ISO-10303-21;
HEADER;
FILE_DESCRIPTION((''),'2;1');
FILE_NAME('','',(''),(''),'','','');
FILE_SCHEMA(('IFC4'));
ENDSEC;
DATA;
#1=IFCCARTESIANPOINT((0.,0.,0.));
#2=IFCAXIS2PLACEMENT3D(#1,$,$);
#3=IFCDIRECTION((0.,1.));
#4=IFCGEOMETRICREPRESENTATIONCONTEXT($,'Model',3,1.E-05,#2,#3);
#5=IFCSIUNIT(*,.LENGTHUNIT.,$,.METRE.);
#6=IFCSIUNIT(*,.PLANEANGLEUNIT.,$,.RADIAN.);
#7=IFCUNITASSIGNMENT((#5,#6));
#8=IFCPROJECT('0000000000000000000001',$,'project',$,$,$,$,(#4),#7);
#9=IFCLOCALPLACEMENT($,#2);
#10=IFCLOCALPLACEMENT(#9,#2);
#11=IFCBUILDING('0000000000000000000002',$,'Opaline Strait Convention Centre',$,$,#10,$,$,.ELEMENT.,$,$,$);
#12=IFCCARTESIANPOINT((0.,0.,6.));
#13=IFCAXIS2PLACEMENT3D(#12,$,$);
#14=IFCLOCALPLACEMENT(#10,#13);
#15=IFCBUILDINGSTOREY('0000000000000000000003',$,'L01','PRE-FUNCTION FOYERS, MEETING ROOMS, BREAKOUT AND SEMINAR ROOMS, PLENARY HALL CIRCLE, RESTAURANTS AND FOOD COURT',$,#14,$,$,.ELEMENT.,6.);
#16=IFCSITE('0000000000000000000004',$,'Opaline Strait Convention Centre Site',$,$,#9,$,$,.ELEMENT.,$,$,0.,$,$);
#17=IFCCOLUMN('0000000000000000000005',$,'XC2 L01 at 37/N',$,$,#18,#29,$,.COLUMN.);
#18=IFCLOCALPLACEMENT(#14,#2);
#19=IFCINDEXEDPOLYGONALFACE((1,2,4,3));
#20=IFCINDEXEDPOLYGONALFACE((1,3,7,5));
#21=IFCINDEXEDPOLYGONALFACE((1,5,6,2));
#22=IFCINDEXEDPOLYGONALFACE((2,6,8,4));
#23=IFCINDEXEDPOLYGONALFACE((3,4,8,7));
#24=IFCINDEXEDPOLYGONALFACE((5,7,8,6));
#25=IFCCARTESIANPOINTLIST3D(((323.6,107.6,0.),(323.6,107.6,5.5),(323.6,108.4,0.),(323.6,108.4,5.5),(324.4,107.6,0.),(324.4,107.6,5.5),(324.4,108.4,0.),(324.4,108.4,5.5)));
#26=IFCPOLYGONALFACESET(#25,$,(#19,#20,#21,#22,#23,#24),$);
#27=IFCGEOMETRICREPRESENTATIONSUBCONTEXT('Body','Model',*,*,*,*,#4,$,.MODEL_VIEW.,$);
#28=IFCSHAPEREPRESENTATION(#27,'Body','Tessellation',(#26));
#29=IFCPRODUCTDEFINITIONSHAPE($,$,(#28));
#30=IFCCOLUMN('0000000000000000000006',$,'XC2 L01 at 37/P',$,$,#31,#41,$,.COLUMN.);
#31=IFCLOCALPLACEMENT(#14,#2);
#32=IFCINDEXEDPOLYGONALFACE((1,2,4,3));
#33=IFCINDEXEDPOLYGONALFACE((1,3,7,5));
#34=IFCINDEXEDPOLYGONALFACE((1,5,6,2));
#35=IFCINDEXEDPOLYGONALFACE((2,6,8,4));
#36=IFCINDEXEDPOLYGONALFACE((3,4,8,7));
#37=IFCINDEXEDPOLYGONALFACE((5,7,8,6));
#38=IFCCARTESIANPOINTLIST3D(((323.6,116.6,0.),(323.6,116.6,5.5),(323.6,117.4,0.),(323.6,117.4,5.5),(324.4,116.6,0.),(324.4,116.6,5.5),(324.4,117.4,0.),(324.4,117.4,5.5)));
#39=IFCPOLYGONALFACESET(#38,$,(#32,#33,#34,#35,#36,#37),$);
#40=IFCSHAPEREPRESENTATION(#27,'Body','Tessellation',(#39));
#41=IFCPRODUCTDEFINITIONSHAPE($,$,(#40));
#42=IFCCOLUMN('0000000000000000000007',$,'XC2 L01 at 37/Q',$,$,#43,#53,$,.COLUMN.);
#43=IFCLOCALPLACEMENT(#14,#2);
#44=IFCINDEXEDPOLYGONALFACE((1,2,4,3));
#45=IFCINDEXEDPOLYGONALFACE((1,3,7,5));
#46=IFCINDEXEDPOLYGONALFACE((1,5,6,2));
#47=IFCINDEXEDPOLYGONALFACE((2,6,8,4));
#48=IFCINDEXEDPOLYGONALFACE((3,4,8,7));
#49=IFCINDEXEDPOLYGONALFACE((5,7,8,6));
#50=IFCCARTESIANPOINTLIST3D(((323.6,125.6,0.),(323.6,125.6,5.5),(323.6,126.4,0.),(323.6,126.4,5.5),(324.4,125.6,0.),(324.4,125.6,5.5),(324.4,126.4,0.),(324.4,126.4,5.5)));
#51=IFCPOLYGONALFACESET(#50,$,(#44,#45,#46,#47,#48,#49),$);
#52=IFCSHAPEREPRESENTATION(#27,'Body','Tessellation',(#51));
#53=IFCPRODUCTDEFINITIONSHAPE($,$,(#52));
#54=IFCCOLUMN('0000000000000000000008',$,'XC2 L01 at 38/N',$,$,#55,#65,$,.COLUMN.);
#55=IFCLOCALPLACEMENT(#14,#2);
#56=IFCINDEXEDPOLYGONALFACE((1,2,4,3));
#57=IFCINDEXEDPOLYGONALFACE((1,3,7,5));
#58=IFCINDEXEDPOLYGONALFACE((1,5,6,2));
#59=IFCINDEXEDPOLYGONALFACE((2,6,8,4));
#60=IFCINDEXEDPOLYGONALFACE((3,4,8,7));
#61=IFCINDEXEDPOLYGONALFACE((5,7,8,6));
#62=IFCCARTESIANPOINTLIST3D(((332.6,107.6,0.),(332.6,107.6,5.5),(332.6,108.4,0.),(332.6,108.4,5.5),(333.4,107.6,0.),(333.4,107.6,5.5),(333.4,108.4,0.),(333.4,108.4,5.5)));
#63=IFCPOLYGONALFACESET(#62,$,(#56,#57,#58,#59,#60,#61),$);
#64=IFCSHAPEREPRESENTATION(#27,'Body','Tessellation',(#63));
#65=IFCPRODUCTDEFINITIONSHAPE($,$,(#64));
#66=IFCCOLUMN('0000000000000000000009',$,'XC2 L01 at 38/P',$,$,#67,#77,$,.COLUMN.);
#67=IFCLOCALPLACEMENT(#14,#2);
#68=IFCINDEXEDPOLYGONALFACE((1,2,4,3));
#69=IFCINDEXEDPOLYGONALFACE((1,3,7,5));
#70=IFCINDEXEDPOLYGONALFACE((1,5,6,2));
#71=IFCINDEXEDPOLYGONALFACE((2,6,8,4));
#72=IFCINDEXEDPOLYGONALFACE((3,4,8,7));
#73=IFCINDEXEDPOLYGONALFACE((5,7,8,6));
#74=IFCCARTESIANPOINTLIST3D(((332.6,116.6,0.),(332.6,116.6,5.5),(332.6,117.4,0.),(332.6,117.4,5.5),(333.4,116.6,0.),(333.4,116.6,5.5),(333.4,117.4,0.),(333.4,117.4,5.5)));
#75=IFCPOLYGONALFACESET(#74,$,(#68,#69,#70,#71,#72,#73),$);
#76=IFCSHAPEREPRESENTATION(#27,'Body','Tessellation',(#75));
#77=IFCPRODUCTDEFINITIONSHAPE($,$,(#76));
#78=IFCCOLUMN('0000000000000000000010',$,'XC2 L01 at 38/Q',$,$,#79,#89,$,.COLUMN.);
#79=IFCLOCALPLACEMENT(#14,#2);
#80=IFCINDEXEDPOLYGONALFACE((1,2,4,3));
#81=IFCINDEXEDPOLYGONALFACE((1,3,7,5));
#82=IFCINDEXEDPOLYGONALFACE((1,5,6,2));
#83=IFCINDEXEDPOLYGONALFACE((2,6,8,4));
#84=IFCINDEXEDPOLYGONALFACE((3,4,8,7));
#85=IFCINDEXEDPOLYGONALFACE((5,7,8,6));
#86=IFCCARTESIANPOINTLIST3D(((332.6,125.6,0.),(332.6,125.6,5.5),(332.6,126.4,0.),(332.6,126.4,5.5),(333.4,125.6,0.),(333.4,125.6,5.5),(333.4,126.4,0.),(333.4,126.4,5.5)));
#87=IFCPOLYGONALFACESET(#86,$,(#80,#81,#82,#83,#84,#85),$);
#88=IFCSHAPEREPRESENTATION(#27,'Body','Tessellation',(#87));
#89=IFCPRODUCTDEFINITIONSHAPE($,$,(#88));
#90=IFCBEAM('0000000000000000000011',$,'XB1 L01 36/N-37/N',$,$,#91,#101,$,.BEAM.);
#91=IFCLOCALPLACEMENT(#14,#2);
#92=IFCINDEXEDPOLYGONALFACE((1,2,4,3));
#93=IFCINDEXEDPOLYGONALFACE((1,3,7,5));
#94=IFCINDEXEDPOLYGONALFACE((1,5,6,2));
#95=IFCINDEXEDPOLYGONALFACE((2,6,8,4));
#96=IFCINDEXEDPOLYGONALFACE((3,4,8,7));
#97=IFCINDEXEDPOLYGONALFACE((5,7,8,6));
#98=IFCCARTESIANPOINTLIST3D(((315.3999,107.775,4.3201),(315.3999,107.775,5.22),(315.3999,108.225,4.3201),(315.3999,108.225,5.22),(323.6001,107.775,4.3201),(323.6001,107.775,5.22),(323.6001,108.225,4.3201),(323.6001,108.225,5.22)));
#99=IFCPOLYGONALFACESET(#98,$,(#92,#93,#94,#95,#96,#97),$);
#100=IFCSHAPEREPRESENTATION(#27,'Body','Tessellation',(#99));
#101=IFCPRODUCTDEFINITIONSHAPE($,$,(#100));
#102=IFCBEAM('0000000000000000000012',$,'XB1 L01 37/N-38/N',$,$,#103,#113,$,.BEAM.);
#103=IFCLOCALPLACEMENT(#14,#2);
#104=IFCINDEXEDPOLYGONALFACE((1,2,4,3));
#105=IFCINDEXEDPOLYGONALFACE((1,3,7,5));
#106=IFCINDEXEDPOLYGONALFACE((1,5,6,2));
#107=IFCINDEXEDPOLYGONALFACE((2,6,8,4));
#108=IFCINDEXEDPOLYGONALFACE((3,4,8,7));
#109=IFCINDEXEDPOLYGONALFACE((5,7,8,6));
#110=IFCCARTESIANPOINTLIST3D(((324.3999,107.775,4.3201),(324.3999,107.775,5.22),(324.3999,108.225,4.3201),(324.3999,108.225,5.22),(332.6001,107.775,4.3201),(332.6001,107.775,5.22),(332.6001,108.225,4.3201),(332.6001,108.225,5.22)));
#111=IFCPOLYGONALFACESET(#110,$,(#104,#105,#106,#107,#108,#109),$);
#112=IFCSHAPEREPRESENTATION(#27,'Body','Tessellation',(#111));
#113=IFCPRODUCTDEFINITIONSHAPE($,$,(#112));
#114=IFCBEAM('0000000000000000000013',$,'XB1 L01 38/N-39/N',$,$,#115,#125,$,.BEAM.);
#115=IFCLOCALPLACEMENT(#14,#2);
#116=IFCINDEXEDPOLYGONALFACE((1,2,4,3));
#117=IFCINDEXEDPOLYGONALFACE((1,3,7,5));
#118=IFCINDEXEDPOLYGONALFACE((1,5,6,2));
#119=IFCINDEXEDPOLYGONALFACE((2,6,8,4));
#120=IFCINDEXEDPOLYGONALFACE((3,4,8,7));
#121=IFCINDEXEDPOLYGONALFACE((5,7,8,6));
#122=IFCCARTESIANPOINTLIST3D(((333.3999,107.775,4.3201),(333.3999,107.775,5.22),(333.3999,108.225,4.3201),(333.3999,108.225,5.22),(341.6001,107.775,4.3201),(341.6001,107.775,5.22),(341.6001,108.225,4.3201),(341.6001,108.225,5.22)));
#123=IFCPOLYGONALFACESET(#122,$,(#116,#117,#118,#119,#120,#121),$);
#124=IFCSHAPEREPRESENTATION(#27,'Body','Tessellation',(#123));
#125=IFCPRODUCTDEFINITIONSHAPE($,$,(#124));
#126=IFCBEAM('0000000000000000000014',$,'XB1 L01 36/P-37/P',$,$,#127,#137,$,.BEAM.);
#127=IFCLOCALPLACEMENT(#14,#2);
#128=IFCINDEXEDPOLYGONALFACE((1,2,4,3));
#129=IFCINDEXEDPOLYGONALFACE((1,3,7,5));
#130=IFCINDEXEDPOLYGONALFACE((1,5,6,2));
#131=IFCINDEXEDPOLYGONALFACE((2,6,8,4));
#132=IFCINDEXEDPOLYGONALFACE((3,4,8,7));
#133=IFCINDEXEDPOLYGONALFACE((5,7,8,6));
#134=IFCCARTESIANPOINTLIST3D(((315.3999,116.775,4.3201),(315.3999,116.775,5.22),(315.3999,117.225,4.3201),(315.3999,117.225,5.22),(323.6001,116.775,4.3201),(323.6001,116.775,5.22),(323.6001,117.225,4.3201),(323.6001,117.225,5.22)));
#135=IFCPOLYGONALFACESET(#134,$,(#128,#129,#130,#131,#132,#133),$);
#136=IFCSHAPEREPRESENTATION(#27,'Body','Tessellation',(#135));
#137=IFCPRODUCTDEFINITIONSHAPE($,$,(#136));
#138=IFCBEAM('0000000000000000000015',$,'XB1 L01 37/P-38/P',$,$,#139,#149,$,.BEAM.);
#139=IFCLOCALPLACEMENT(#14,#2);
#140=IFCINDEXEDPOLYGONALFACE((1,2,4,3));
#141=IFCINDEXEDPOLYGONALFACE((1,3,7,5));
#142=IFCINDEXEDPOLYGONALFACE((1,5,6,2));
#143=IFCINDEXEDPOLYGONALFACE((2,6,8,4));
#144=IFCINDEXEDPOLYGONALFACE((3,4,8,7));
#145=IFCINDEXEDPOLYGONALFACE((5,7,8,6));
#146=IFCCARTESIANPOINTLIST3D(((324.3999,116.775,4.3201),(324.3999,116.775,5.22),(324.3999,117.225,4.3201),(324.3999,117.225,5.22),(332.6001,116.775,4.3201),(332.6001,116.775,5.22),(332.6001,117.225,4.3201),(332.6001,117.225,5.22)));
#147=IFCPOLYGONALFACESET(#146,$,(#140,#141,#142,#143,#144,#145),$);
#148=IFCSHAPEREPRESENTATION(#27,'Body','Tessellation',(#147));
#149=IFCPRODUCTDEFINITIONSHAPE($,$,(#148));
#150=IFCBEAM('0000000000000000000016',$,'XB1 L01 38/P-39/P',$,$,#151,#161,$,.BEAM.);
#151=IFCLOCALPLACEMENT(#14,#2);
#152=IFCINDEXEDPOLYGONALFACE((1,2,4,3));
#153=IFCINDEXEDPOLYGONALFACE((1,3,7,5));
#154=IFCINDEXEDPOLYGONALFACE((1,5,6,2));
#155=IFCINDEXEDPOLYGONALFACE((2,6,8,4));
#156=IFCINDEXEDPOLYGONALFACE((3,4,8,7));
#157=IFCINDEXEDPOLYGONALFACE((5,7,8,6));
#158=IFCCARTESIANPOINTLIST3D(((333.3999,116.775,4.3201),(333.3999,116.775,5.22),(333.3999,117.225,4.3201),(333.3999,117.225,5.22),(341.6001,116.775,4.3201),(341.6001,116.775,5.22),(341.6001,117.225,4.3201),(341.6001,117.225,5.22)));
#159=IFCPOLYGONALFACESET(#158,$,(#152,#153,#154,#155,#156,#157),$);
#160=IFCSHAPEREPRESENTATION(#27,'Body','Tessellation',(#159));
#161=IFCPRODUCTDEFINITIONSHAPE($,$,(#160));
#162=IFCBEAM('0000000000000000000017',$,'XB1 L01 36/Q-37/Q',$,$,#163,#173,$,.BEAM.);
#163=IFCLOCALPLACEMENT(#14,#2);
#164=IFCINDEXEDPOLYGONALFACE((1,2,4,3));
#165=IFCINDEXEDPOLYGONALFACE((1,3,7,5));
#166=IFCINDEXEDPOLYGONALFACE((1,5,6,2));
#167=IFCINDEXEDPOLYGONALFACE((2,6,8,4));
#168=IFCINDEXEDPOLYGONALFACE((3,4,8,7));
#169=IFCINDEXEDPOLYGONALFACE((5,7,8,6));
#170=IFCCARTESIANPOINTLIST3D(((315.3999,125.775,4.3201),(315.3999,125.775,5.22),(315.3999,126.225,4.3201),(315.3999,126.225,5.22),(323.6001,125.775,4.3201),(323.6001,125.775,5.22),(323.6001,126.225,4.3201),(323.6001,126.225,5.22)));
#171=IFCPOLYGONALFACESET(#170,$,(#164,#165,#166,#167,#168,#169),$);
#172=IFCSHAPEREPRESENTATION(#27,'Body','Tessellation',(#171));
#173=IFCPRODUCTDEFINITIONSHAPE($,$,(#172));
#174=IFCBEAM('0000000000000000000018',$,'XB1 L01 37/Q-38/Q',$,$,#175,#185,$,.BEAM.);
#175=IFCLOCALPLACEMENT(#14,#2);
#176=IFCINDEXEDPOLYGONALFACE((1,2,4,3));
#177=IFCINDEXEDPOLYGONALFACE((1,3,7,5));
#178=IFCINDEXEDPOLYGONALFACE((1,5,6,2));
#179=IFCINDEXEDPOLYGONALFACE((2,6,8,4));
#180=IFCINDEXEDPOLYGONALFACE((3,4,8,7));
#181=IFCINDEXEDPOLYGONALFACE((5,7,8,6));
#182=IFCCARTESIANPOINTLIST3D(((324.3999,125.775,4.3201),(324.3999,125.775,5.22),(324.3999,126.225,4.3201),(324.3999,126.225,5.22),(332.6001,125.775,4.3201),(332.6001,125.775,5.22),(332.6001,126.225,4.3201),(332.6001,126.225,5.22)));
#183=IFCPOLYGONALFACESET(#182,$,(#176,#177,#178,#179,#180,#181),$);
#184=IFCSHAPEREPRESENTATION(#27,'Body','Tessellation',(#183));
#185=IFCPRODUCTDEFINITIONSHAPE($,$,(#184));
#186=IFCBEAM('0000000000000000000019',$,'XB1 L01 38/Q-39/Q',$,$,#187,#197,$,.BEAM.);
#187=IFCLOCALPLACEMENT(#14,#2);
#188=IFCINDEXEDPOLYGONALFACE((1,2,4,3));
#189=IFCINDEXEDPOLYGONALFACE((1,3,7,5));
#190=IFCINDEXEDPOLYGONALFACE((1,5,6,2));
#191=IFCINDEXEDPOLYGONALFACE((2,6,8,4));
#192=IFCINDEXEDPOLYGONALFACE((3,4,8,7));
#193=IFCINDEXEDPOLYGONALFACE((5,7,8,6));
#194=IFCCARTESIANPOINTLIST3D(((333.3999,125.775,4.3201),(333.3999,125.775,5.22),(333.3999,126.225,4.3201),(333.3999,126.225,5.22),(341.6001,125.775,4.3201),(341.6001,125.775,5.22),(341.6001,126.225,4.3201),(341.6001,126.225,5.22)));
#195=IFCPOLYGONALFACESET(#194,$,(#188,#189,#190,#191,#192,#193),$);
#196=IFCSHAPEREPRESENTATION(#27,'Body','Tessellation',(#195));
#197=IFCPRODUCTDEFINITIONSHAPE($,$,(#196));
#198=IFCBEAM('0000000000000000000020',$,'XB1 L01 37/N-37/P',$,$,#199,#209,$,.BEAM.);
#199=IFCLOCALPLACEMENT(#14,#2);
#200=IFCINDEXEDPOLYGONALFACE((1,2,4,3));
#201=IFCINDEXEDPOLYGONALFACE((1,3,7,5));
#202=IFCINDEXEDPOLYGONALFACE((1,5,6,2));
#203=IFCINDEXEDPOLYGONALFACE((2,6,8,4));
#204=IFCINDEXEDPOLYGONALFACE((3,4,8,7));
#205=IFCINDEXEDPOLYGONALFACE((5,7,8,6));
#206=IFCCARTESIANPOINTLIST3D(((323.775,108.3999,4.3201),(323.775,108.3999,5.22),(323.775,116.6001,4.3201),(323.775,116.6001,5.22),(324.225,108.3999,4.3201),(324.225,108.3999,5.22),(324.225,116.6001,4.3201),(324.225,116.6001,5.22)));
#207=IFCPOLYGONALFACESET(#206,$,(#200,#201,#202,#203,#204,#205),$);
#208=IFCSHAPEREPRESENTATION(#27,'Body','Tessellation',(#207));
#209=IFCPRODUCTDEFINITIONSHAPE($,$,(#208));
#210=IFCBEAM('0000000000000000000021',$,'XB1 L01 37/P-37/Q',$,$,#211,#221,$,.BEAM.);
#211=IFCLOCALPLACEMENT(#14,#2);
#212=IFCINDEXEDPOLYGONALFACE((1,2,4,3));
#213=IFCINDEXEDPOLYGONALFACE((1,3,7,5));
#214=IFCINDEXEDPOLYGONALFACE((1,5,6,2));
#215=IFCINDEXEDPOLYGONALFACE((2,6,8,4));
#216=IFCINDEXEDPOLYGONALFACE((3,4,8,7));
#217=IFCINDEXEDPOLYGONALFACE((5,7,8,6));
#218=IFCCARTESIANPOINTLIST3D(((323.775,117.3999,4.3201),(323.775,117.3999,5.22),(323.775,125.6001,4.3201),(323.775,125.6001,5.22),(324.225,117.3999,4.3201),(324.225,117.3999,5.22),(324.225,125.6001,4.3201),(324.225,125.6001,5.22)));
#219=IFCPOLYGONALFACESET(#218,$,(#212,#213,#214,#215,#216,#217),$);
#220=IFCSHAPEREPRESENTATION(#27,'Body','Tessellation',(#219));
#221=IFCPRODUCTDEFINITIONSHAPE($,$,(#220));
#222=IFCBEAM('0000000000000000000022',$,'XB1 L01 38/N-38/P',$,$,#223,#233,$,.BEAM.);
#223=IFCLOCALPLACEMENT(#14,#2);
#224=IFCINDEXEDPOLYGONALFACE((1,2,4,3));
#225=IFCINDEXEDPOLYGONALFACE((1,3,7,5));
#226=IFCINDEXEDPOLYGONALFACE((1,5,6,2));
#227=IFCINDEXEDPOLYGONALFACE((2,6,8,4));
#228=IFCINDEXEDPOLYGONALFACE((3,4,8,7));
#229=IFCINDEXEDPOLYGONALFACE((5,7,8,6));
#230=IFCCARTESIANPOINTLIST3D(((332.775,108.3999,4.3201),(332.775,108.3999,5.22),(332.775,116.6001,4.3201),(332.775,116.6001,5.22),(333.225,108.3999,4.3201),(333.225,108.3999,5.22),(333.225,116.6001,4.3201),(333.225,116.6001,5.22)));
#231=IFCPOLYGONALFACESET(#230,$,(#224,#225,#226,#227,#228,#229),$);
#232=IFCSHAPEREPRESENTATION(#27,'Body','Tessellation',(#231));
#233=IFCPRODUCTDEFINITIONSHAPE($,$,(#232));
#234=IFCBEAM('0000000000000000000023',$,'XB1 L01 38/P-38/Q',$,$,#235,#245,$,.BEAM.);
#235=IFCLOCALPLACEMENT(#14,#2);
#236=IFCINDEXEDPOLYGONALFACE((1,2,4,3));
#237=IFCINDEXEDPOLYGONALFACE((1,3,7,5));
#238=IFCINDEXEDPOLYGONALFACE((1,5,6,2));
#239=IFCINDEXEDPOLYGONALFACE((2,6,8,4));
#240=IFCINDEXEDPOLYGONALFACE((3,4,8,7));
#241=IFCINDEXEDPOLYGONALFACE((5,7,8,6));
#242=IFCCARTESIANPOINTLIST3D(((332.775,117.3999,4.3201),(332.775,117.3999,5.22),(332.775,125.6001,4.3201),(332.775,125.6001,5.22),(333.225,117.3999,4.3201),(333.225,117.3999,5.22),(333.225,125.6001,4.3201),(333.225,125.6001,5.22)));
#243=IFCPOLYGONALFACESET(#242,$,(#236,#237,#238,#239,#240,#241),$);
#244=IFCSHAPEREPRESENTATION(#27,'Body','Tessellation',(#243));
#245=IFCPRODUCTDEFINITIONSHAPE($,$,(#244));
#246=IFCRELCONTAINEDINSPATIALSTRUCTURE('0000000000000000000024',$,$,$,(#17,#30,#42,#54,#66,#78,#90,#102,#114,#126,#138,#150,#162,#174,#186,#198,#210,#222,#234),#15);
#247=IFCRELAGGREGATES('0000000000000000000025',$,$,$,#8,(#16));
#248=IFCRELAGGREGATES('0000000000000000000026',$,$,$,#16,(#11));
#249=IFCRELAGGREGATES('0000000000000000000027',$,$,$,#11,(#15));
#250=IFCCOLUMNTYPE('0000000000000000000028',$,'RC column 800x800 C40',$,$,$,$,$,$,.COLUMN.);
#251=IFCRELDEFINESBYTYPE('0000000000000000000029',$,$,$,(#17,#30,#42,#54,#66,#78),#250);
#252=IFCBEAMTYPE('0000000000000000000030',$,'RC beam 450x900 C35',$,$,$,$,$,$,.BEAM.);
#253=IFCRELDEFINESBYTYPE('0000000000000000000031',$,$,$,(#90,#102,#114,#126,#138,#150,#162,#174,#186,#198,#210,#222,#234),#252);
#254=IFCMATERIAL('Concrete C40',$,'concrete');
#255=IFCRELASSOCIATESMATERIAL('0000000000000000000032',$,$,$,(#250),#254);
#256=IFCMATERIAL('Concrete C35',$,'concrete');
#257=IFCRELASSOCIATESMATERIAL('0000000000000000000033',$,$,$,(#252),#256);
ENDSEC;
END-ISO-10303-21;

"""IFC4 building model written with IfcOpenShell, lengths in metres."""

from ifc_helpers import new_model, si_unit, direction, frame, origin, origin_2d, place, context, subcontext, project, spatial, rectangle, extrude, material, material_profile, profile_set, type_object, element, save


model = new_model("IFC4")

# Units and contexts
model_context = context("Model", 3, precision=1e-05, world=origin(), true_north=direction((0.0, 1.0)))
body_context = subcontext(model_context, "Body", "Model", "MODEL_VIEW")
ifc_project = project(units=[si_unit("LENGTHUNIT", "METRE"), si_unit("PLANEANGLEUNIT", "RADIAN")], contexts=[model_context])

# Site, building, storey
site_placement = place(None, origin())
site = spatial("IfcSite", under=ifc_project, at=site_placement, Name="Opaline Strait Convention Centre Site", CompositionType="ELEMENT", RefElevation=0.0)
building_placement = place(site_placement, origin())
building = spatial("IfcBuilding", under=site, at=building_placement, Name="Opaline Strait Convention Centre", CompositionType="ELEMENT")
storey_placement = place(building_placement, frame((0.0, 0.0, 6.0)))
storey = spatial("IfcBuildingStorey", under=building, at=storey_placement, Name="L01", Description="PRE-FUNCTION FOYERS, MEETING ROOMS, BREAKOUT AND SEMINAR ROOMS, PLENARY HALL CIRCLE, RESTAURANTS AND FOOD COURT", CompositionType="ELEMENT", Elevation=6.0)

# Columns
ifc_material_1 = material(Name="Concrete C40", Category="concrete")
ifc_material_profile_1 = material_profile(ifc_material_1, rectangle(XDim=0.8, YDim=0.8, at=origin_2d()), Name="RC 800x800")
ifc_profile_set_1 = profile_set([ifc_material_profile_1], Name="Concrete C40")
column_type = type_object("IfcColumnType", Name="RC column 800x800 C40", PredefinedType="COLUMN", material=ifc_profile_set_1)
for number, where, z_axis, x_axis, name in (
    (1, (324.0, 108.0, 0.0), (0.0, 0.0, 1.0), (1.0, 0.0, 0.0), "XC2 L01 at 37/N"),
    (2, (324.0, 117.0, 0.0), (0.0, 0.0, 1.0), (1.0, 0.0, 0.0), "XC2 L01 at 37/P"),
    (3, (324.0, 126.0, 0.0), (0.0, 0.0, 1.0), (1.0, 0.0, 0.0), "XC2 L01 at 37/Q"),
    (4, (333.0, 108.0, 0.0), (0.0, 0.0, 1.0), (1.0, 0.0, 0.0), "XC2 L01 at 38/N"),
    (5, (333.0, 117.0, 0.0), (0.0, 0.0, 1.0), (1.0, 0.0, 0.0), "XC2 L01 at 38/P"),
    (6, (333.0, 126.0, 0.0), (0.0, 0.0, 1.0), (1.0, 0.0, 0.0), "XC2 L01 at 38/Q"),
):
    element("IfcColumn", number, at=place(storey_placement, frame(where, z_axis=z_axis, x_axis=x_axis)), inside=storey, type_object=column_type, Name=name, PredefinedType="COLUMN", context=body_context, shape_type="SweptSolid", body=[
        extrude(rectangle(XDim=0.8, YDim=0.8, at=origin_2d()), origin(), (0.0, 0.0, 1.0), 5.5),
    ])

# Beams
ifc_material_2 = material(Name="Concrete C35", Category="concrete")
ifc_material_profile_2 = material_profile(ifc_material_2, rectangle(XDim=0.45, YDim=0.8999, at=origin_2d()), Name="RC 450x900")
ifc_profile_set_2 = profile_set([ifc_material_profile_2], Name="Concrete C35")
beam_type = type_object("IfcBeamType", Name="RC beam 450x900 C35", PredefinedType="BEAM", material=ifc_profile_set_2)
for number, where, z_axis, x_axis, name in (
    (7, (315.3999, 108.0, 4.77), (1.0, 0.0, 0.0), (0.0, 1.0, 0.0), "XB1 L01 36/N-37/N"),
    (8, (324.3999, 108.0, 4.77), (1.0, 0.0, 0.0), (0.0, 1.0, 0.0), "XB1 L01 37/N-38/N"),
    (9, (333.3999, 108.0, 4.77), (1.0, 0.0, 0.0), (0.0, 1.0, 0.0), "XB1 L01 38/N-39/N"),
    (10, (315.3999, 117.0, 4.77), (1.0, 0.0, 0.0), (0.0, 1.0, 0.0), "XB1 L01 36/P-37/P"),
    (11, (324.3999, 117.0, 4.77), (1.0, 0.0, 0.0), (0.0, 1.0, 0.0), "XB1 L01 37/P-38/P"),
    (12, (333.3999, 117.0, 4.77), (1.0, 0.0, 0.0), (0.0, 1.0, 0.0), "XB1 L01 38/P-39/P"),
    (13, (315.3999, 126.0, 4.77), (1.0, 0.0, 0.0), (0.0, 1.0, 0.0), "XB1 L01 36/Q-37/Q"),
    (14, (324.3999, 126.0, 4.77), (1.0, 0.0, 0.0), (0.0, 1.0, 0.0), "XB1 L01 37/Q-38/Q"),
    (15, (333.3999, 126.0, 4.77), (1.0, 0.0, 0.0), (0.0, 1.0, 0.0), "XB1 L01 38/Q-39/Q"),
    (16, (324.0, 108.3999, 4.77), (0.0, 1.0, 0.0), (-1.0, 0.0, 0.0), "XB1 L01 37/N-37/P"),
    (17, (324.0, 117.3999, 4.77), (0.0, 1.0, 0.0), (-1.0, 0.0, 0.0), "XB1 L01 37/P-37/Q"),
    (18, (333.0, 108.3999, 4.77), (0.0, 1.0, 0.0), (-1.0, 0.0, 0.0), "XB1 L01 38/N-38/P"),
    (19, (333.0, 117.3999, 4.77), (0.0, 1.0, 0.0), (-1.0, 0.0, 0.0), "XB1 L01 38/P-38/Q"),
):
    element("IfcBeam", number, at=place(storey_placement, frame(where, z_axis=z_axis, x_axis=x_axis)), inside=storey, type_object=beam_type, Name=name, PredefinedType="BEAM", context=body_context, shape_type="SweptSolid", body=[
        extrude(rectangle(XDim=0.45, YDim=0.8999, at=origin_2d()), origin(), (0.0, 0.0, 1.0), 8.2002),
    ])

save(model, "model.ifc")
